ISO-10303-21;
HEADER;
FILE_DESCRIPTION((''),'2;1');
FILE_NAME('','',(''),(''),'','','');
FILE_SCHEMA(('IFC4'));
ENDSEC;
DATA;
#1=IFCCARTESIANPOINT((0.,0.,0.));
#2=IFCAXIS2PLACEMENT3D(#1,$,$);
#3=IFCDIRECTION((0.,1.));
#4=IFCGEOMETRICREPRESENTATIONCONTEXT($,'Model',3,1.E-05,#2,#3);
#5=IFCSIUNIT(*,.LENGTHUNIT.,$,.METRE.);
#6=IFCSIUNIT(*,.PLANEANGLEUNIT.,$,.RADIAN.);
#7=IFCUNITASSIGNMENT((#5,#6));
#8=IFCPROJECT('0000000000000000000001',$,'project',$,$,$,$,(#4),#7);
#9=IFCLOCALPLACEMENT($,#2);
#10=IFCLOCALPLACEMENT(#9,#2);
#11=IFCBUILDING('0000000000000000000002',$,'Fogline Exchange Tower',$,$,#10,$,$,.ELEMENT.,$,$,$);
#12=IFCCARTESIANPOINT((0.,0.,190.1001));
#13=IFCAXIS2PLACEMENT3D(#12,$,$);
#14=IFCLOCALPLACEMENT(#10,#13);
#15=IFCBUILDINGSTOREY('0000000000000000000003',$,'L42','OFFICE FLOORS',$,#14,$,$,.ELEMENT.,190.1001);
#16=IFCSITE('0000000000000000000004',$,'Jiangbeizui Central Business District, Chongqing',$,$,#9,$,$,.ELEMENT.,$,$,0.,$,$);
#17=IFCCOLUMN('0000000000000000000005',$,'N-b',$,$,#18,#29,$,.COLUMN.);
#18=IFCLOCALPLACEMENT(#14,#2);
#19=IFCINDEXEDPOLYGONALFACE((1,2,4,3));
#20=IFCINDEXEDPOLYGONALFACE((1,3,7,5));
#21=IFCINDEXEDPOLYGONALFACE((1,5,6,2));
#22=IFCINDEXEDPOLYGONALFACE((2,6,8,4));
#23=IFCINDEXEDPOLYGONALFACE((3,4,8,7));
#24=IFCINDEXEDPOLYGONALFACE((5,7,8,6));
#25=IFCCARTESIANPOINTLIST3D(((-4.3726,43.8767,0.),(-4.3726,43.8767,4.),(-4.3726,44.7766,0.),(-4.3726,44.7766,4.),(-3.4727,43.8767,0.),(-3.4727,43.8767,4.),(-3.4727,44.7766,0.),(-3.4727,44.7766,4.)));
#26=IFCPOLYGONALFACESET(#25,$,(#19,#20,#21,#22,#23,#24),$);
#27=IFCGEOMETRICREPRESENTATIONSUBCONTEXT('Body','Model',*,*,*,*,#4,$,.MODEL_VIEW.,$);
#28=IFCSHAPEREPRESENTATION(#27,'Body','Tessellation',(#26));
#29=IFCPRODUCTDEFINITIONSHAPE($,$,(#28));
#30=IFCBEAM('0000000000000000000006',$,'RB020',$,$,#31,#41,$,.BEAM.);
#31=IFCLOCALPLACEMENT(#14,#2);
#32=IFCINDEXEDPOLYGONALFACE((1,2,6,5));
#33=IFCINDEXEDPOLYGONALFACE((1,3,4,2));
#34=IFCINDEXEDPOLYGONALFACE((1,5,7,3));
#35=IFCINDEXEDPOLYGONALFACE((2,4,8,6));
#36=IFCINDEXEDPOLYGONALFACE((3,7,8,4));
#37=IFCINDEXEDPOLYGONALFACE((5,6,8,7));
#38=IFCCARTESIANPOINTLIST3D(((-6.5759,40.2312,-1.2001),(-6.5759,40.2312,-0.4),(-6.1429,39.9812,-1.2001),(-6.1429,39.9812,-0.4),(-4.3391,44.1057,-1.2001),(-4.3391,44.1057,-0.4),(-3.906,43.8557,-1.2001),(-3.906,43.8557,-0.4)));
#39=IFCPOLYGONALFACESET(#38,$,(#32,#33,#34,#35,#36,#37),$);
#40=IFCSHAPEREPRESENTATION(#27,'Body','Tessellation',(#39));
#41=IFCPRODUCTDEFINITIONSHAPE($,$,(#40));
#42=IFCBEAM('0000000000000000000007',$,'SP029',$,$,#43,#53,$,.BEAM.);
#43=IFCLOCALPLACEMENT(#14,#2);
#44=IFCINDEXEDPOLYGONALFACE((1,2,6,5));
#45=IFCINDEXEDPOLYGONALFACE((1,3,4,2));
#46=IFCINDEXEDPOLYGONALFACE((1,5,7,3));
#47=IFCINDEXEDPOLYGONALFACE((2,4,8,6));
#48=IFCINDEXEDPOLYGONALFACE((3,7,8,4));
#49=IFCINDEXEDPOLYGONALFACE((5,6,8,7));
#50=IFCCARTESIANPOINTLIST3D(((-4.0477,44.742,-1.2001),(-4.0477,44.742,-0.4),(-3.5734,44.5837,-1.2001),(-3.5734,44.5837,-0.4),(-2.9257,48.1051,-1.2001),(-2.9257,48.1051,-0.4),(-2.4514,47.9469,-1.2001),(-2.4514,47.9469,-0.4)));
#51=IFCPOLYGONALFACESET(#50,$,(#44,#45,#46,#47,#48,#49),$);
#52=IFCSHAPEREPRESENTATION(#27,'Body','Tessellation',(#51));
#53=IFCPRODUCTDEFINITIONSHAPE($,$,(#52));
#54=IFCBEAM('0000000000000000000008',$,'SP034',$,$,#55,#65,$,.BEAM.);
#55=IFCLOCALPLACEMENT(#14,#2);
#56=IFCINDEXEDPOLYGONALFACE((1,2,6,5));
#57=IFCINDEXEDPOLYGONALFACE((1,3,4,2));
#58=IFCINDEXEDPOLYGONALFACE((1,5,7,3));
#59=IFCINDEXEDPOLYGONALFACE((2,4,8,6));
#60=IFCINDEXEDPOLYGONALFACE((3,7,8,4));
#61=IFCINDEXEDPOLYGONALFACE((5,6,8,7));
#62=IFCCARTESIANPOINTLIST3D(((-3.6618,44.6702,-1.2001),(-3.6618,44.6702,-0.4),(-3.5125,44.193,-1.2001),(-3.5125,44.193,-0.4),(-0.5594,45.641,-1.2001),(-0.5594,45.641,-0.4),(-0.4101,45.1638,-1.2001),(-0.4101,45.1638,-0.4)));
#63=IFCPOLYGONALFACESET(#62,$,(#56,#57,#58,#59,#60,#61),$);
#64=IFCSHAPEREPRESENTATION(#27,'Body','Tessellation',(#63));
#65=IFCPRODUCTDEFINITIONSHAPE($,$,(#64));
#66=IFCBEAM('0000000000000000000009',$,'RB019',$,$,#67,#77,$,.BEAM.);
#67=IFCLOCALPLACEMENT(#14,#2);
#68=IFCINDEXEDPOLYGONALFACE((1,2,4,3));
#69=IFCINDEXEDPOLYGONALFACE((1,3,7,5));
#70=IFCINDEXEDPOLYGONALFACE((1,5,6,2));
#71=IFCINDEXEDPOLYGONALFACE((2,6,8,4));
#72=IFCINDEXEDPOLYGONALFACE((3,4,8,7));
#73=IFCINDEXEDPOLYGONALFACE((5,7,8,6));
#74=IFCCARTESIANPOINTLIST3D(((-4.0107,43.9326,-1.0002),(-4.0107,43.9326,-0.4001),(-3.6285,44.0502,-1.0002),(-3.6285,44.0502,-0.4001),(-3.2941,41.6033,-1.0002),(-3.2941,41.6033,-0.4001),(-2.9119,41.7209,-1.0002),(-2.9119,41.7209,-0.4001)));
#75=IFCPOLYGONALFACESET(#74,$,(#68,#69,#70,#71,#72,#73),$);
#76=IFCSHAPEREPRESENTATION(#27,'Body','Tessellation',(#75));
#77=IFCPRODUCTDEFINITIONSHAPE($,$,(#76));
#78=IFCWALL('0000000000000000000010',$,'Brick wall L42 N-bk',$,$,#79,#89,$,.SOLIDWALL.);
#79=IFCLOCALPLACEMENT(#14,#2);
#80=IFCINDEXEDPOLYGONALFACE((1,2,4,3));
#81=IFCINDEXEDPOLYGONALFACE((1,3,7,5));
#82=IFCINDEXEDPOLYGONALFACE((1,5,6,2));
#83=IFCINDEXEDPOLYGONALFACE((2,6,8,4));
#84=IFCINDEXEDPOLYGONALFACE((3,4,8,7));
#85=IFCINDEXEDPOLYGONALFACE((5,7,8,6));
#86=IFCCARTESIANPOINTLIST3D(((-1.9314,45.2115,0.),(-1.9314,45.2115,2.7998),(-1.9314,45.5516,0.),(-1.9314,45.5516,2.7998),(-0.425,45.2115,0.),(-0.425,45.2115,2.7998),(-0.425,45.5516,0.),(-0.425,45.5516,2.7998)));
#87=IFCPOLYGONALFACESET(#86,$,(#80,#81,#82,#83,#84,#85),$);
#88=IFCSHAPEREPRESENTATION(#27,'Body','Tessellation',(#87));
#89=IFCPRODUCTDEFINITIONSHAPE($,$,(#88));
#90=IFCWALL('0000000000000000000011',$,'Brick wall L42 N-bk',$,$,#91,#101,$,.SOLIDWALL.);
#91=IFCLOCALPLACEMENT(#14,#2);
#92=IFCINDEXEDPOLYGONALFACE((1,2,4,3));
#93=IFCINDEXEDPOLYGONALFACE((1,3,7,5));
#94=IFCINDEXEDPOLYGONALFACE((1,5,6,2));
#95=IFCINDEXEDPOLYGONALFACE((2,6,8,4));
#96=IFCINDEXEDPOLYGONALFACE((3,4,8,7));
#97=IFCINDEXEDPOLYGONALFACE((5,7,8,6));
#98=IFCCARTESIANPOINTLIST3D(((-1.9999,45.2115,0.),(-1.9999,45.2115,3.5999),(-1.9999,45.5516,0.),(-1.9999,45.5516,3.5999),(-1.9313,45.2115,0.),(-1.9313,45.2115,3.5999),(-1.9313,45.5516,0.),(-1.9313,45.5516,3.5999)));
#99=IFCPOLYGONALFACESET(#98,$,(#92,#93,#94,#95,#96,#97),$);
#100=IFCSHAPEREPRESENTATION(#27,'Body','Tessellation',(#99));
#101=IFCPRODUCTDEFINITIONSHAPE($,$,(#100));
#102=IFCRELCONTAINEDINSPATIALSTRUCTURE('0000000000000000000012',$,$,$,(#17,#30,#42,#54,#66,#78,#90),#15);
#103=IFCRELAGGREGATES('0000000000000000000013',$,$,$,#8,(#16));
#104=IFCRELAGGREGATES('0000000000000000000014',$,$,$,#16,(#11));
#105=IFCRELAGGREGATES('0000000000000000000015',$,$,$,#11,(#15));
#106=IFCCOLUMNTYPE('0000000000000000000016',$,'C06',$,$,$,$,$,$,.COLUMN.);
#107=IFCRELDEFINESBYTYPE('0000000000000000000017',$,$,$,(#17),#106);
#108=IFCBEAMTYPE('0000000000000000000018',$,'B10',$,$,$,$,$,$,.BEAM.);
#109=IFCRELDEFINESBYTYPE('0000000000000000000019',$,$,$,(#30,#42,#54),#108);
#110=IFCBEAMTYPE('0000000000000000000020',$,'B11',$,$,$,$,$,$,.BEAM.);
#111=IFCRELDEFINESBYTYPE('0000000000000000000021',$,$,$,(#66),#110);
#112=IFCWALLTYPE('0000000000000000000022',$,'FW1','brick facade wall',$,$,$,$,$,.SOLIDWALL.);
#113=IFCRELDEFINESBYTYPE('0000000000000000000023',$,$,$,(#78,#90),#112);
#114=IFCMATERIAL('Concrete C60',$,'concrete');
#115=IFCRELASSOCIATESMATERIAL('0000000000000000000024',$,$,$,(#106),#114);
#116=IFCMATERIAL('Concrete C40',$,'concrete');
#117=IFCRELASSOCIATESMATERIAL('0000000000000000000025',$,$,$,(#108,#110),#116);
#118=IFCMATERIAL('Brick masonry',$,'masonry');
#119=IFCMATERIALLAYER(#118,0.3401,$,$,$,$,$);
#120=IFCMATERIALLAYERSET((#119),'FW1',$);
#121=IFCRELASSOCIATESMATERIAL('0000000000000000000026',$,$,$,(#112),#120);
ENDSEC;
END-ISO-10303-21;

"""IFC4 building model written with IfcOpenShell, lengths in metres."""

from ifc_helpers import new_model, si_unit, direction, frame, frame_2d, origin, origin_2d, place, context, subcontext, project, spatial, rectangle, extrude, material, layer, layer_set, material_profile, profile_set, type_object, element, save


model = new_model("IFC4")

# Units and contexts
model_context = context("Model", 3, precision=1e-05, world=origin(), true_north=direction((0.0, 1.0)))
body_context = subcontext(model_context, "Body", "Model", "MODEL_VIEW")
ifc_project = project(units=[si_unit("LENGTHUNIT", "METRE"), si_unit("PLANEANGLEUNIT", "RADIAN")], contexts=[model_context])

# Site, building, storey
site_placement = place(None, origin())
site = spatial("IfcSite", under=ifc_project, at=site_placement, Name="Jiangbeizui Central Business District, Chongqing", CompositionType="ELEMENT", RefElevation=0.0)
building_placement = place(site_placement, origin())
building = spatial("IfcBuilding", under=site, at=building_placement, Name="Fogline Exchange Tower", CompositionType="ELEMENT")
storey_placement = place(building_placement, frame((0.0, 0.0, 190.1001)))
storey = spatial("IfcBuildingStorey", under=building, at=storey_placement, Name="L42", Description="OFFICE FLOORS", CompositionType="ELEMENT", Elevation=190.1001)

# Column
ifc_material_1 = material(Name="Concrete C60", Category="concrete")
ifc_material_profile_1 = material_profile(ifc_material_1, rectangle(XDim=0.8999, YDim=0.8999, at=origin_2d()), Name="RC 900x900")
ifc_profile_set_1 = profile_set([ifc_material_profile_1], Name="Concrete C60")
column_type = type_object("IfcColumnType", Name="C06", PredefinedType="COLUMN", material=ifc_profile_set_1)
column_placement = place(storey_placement, frame((-3.9226, 44.3267, 0.0), z_axis=(0.0, 0.0, 1.0), x_axis=(1.0, 0.0, 0.0)))
element("IfcColumn", 1, at=column_placement, inside=storey, type_object=column_type, Name="N-b", PredefinedType="COLUMN", context=body_context, shape_type="SweptSolid", body=[
    extrude(rectangle(XDim=0.8999, YDim=0.8999, at=origin_2d()), origin(), (0.0, 0.0, 1.0), 4.0),
])

# Beams
ifc_material_2 = material(Name="Concrete C40", Category="concrete")
ifc_material_profile_2 = material_profile(ifc_material_2, rectangle(XDim=0.5, YDim=0.8, at=origin_2d()), Name="RC 500x800")
ifc_profile_set_2 = profile_set([ifc_material_profile_2], Name="Concrete C40")
beam_type_1 = type_object("IfcBeamType", Name="B10", PredefinedType="BEAM", material=ifc_profile_set_2)
beam_1_placement = place(storey_placement, frame((-4.1226, 43.9807, -0.8), z_axis=(-0.499978, -0.866038, 0.0), x_axis=(0.866038, -0.499978, 0.0)))
element("IfcBeam", 2, at=beam_1_placement, inside=storey, type_object=beam_type_1, Name="RB020", PredefinedType="BEAM", context=body_context, shape_type="SweptSolid", body=[
    extrude(rectangle(XDim=0.5, YDim=0.8, at=origin_2d()), origin(), (0.0, 0.0, 1.0), 4.4739),
])
beam_2_placement = place(storey_placement, frame((-3.8105, 44.6628, -0.8), z_axis=(0.316476, 0.948601, 0.0), x_axis=(-0.948601, 0.316476, 0.0)))
element("IfcBeam", 3, at=beam_2_placement, inside=storey, type_object=beam_type_1, Name="SP029", PredefinedType="BEAM", context=body_context, shape_type="SweptSolid", body=[
    extrude(rectangle(XDim=0.5, YDim=0.8, at=origin_2d()), origin(), (0.0, 0.0, 1.0), 3.5454),
])
beam_3_placement = place(storey_placement, frame((-3.5872, 44.4316, -0.8), z_axis=(0.954372, 0.298621, 0.0), x_axis=(-0.298621, 0.954372, 0.0)))
element("IfcBeam", 4, at=beam_3_placement, inside=storey, type_object=beam_type_1, Name="SP034", PredefinedType="BEAM", context=body_context, shape_type="SweptSolid", body=[
    extrude(rectangle(XDim=0.5, YDim=0.8, at=origin_2d()), origin(), (0.0, 0.0, 1.0), 3.2507),
])
ifc_material_profile_3 = material_profile(ifc_material_2, rectangle(XDim=0.3999, YDim=0.6001, at=origin_2d()), Name="RC 400x600")
ifc_profile_set_3 = profile_set([ifc_material_profile_3], Name="Concrete C40")
beam_type_2 = type_object("IfcBeamType", Name="B11", PredefinedType="BEAM", material=ifc_profile_set_3)
beam_4_placement = place(storey_placement, frame((-3.103, 41.6621, -0.7002), z_axis=(-0.294022, 0.955799, 0.0), x_axis=(-0.955799, -0.294022, 0.0)))
element("IfcBeam", 5, at=beam_4_placement, inside=storey, type_object=beam_type_2, Name="RB019", PredefinedType="BEAM", context=body_context, shape_type="SweptSolid", body=[
    extrude(rectangle(XDim=0.3999, YDim=0.6001, at=origin_2d()), origin(), (0.0, 0.0, 1.0), 2.437),
])

# Walls
ifc_material_3 = material(Name="Brick masonry", Category="masonry")
ifc_layer = layer(ifc_material_3, 0.3401)
ifc_layer_set = layer_set([ifc_layer], Name="FW1")
wall_type = type_object("IfcWallType", Name="FW1", Description="brick facade wall", PredefinedType="SOLIDWALL", material=ifc_layer_set)
wall_1_placement = place(storey_placement, frame((-0.425, 45.3816, 0.0), z_axis=(0.0, 0.0, 1.0), x_axis=(-1.0, 0.0, 0.0)))
element("IfcWall", 6, at=wall_1_placement, inside=storey, type_object=wall_type, Name="Brick wall L42 N-bk", PredefinedType="SOLIDWALL", context=body_context, shape_type="SweptSolid", body=[
    extrude(rectangle(XDim=1.5063, YDim=0.3401, at=frame_2d((0.7532, 0.0))), origin(), (0.0, 0.0, 1.0), 2.7998),
])
wall_2_placement = place(storey_placement, frame((-1.9314, 45.3816, 0.0), z_axis=(0.0, 0.0, 1.0), x_axis=(-1.0, 0.0, 0.0)))
element("IfcWall", 7, at=wall_2_placement, inside=storey, type_object=wall_type, Name="Brick wall L42 N-bk", PredefinedType="SOLIDWALL", context=body_context, shape_type="SweptSolid", body=[
    extrude(rectangle(XDim=0.0686, YDim=0.3401, at=frame_2d((0.0342, 0.0))), origin(), (0.0, 0.0, 1.0), 3.5999),
])

save(model, "model.ifc")
